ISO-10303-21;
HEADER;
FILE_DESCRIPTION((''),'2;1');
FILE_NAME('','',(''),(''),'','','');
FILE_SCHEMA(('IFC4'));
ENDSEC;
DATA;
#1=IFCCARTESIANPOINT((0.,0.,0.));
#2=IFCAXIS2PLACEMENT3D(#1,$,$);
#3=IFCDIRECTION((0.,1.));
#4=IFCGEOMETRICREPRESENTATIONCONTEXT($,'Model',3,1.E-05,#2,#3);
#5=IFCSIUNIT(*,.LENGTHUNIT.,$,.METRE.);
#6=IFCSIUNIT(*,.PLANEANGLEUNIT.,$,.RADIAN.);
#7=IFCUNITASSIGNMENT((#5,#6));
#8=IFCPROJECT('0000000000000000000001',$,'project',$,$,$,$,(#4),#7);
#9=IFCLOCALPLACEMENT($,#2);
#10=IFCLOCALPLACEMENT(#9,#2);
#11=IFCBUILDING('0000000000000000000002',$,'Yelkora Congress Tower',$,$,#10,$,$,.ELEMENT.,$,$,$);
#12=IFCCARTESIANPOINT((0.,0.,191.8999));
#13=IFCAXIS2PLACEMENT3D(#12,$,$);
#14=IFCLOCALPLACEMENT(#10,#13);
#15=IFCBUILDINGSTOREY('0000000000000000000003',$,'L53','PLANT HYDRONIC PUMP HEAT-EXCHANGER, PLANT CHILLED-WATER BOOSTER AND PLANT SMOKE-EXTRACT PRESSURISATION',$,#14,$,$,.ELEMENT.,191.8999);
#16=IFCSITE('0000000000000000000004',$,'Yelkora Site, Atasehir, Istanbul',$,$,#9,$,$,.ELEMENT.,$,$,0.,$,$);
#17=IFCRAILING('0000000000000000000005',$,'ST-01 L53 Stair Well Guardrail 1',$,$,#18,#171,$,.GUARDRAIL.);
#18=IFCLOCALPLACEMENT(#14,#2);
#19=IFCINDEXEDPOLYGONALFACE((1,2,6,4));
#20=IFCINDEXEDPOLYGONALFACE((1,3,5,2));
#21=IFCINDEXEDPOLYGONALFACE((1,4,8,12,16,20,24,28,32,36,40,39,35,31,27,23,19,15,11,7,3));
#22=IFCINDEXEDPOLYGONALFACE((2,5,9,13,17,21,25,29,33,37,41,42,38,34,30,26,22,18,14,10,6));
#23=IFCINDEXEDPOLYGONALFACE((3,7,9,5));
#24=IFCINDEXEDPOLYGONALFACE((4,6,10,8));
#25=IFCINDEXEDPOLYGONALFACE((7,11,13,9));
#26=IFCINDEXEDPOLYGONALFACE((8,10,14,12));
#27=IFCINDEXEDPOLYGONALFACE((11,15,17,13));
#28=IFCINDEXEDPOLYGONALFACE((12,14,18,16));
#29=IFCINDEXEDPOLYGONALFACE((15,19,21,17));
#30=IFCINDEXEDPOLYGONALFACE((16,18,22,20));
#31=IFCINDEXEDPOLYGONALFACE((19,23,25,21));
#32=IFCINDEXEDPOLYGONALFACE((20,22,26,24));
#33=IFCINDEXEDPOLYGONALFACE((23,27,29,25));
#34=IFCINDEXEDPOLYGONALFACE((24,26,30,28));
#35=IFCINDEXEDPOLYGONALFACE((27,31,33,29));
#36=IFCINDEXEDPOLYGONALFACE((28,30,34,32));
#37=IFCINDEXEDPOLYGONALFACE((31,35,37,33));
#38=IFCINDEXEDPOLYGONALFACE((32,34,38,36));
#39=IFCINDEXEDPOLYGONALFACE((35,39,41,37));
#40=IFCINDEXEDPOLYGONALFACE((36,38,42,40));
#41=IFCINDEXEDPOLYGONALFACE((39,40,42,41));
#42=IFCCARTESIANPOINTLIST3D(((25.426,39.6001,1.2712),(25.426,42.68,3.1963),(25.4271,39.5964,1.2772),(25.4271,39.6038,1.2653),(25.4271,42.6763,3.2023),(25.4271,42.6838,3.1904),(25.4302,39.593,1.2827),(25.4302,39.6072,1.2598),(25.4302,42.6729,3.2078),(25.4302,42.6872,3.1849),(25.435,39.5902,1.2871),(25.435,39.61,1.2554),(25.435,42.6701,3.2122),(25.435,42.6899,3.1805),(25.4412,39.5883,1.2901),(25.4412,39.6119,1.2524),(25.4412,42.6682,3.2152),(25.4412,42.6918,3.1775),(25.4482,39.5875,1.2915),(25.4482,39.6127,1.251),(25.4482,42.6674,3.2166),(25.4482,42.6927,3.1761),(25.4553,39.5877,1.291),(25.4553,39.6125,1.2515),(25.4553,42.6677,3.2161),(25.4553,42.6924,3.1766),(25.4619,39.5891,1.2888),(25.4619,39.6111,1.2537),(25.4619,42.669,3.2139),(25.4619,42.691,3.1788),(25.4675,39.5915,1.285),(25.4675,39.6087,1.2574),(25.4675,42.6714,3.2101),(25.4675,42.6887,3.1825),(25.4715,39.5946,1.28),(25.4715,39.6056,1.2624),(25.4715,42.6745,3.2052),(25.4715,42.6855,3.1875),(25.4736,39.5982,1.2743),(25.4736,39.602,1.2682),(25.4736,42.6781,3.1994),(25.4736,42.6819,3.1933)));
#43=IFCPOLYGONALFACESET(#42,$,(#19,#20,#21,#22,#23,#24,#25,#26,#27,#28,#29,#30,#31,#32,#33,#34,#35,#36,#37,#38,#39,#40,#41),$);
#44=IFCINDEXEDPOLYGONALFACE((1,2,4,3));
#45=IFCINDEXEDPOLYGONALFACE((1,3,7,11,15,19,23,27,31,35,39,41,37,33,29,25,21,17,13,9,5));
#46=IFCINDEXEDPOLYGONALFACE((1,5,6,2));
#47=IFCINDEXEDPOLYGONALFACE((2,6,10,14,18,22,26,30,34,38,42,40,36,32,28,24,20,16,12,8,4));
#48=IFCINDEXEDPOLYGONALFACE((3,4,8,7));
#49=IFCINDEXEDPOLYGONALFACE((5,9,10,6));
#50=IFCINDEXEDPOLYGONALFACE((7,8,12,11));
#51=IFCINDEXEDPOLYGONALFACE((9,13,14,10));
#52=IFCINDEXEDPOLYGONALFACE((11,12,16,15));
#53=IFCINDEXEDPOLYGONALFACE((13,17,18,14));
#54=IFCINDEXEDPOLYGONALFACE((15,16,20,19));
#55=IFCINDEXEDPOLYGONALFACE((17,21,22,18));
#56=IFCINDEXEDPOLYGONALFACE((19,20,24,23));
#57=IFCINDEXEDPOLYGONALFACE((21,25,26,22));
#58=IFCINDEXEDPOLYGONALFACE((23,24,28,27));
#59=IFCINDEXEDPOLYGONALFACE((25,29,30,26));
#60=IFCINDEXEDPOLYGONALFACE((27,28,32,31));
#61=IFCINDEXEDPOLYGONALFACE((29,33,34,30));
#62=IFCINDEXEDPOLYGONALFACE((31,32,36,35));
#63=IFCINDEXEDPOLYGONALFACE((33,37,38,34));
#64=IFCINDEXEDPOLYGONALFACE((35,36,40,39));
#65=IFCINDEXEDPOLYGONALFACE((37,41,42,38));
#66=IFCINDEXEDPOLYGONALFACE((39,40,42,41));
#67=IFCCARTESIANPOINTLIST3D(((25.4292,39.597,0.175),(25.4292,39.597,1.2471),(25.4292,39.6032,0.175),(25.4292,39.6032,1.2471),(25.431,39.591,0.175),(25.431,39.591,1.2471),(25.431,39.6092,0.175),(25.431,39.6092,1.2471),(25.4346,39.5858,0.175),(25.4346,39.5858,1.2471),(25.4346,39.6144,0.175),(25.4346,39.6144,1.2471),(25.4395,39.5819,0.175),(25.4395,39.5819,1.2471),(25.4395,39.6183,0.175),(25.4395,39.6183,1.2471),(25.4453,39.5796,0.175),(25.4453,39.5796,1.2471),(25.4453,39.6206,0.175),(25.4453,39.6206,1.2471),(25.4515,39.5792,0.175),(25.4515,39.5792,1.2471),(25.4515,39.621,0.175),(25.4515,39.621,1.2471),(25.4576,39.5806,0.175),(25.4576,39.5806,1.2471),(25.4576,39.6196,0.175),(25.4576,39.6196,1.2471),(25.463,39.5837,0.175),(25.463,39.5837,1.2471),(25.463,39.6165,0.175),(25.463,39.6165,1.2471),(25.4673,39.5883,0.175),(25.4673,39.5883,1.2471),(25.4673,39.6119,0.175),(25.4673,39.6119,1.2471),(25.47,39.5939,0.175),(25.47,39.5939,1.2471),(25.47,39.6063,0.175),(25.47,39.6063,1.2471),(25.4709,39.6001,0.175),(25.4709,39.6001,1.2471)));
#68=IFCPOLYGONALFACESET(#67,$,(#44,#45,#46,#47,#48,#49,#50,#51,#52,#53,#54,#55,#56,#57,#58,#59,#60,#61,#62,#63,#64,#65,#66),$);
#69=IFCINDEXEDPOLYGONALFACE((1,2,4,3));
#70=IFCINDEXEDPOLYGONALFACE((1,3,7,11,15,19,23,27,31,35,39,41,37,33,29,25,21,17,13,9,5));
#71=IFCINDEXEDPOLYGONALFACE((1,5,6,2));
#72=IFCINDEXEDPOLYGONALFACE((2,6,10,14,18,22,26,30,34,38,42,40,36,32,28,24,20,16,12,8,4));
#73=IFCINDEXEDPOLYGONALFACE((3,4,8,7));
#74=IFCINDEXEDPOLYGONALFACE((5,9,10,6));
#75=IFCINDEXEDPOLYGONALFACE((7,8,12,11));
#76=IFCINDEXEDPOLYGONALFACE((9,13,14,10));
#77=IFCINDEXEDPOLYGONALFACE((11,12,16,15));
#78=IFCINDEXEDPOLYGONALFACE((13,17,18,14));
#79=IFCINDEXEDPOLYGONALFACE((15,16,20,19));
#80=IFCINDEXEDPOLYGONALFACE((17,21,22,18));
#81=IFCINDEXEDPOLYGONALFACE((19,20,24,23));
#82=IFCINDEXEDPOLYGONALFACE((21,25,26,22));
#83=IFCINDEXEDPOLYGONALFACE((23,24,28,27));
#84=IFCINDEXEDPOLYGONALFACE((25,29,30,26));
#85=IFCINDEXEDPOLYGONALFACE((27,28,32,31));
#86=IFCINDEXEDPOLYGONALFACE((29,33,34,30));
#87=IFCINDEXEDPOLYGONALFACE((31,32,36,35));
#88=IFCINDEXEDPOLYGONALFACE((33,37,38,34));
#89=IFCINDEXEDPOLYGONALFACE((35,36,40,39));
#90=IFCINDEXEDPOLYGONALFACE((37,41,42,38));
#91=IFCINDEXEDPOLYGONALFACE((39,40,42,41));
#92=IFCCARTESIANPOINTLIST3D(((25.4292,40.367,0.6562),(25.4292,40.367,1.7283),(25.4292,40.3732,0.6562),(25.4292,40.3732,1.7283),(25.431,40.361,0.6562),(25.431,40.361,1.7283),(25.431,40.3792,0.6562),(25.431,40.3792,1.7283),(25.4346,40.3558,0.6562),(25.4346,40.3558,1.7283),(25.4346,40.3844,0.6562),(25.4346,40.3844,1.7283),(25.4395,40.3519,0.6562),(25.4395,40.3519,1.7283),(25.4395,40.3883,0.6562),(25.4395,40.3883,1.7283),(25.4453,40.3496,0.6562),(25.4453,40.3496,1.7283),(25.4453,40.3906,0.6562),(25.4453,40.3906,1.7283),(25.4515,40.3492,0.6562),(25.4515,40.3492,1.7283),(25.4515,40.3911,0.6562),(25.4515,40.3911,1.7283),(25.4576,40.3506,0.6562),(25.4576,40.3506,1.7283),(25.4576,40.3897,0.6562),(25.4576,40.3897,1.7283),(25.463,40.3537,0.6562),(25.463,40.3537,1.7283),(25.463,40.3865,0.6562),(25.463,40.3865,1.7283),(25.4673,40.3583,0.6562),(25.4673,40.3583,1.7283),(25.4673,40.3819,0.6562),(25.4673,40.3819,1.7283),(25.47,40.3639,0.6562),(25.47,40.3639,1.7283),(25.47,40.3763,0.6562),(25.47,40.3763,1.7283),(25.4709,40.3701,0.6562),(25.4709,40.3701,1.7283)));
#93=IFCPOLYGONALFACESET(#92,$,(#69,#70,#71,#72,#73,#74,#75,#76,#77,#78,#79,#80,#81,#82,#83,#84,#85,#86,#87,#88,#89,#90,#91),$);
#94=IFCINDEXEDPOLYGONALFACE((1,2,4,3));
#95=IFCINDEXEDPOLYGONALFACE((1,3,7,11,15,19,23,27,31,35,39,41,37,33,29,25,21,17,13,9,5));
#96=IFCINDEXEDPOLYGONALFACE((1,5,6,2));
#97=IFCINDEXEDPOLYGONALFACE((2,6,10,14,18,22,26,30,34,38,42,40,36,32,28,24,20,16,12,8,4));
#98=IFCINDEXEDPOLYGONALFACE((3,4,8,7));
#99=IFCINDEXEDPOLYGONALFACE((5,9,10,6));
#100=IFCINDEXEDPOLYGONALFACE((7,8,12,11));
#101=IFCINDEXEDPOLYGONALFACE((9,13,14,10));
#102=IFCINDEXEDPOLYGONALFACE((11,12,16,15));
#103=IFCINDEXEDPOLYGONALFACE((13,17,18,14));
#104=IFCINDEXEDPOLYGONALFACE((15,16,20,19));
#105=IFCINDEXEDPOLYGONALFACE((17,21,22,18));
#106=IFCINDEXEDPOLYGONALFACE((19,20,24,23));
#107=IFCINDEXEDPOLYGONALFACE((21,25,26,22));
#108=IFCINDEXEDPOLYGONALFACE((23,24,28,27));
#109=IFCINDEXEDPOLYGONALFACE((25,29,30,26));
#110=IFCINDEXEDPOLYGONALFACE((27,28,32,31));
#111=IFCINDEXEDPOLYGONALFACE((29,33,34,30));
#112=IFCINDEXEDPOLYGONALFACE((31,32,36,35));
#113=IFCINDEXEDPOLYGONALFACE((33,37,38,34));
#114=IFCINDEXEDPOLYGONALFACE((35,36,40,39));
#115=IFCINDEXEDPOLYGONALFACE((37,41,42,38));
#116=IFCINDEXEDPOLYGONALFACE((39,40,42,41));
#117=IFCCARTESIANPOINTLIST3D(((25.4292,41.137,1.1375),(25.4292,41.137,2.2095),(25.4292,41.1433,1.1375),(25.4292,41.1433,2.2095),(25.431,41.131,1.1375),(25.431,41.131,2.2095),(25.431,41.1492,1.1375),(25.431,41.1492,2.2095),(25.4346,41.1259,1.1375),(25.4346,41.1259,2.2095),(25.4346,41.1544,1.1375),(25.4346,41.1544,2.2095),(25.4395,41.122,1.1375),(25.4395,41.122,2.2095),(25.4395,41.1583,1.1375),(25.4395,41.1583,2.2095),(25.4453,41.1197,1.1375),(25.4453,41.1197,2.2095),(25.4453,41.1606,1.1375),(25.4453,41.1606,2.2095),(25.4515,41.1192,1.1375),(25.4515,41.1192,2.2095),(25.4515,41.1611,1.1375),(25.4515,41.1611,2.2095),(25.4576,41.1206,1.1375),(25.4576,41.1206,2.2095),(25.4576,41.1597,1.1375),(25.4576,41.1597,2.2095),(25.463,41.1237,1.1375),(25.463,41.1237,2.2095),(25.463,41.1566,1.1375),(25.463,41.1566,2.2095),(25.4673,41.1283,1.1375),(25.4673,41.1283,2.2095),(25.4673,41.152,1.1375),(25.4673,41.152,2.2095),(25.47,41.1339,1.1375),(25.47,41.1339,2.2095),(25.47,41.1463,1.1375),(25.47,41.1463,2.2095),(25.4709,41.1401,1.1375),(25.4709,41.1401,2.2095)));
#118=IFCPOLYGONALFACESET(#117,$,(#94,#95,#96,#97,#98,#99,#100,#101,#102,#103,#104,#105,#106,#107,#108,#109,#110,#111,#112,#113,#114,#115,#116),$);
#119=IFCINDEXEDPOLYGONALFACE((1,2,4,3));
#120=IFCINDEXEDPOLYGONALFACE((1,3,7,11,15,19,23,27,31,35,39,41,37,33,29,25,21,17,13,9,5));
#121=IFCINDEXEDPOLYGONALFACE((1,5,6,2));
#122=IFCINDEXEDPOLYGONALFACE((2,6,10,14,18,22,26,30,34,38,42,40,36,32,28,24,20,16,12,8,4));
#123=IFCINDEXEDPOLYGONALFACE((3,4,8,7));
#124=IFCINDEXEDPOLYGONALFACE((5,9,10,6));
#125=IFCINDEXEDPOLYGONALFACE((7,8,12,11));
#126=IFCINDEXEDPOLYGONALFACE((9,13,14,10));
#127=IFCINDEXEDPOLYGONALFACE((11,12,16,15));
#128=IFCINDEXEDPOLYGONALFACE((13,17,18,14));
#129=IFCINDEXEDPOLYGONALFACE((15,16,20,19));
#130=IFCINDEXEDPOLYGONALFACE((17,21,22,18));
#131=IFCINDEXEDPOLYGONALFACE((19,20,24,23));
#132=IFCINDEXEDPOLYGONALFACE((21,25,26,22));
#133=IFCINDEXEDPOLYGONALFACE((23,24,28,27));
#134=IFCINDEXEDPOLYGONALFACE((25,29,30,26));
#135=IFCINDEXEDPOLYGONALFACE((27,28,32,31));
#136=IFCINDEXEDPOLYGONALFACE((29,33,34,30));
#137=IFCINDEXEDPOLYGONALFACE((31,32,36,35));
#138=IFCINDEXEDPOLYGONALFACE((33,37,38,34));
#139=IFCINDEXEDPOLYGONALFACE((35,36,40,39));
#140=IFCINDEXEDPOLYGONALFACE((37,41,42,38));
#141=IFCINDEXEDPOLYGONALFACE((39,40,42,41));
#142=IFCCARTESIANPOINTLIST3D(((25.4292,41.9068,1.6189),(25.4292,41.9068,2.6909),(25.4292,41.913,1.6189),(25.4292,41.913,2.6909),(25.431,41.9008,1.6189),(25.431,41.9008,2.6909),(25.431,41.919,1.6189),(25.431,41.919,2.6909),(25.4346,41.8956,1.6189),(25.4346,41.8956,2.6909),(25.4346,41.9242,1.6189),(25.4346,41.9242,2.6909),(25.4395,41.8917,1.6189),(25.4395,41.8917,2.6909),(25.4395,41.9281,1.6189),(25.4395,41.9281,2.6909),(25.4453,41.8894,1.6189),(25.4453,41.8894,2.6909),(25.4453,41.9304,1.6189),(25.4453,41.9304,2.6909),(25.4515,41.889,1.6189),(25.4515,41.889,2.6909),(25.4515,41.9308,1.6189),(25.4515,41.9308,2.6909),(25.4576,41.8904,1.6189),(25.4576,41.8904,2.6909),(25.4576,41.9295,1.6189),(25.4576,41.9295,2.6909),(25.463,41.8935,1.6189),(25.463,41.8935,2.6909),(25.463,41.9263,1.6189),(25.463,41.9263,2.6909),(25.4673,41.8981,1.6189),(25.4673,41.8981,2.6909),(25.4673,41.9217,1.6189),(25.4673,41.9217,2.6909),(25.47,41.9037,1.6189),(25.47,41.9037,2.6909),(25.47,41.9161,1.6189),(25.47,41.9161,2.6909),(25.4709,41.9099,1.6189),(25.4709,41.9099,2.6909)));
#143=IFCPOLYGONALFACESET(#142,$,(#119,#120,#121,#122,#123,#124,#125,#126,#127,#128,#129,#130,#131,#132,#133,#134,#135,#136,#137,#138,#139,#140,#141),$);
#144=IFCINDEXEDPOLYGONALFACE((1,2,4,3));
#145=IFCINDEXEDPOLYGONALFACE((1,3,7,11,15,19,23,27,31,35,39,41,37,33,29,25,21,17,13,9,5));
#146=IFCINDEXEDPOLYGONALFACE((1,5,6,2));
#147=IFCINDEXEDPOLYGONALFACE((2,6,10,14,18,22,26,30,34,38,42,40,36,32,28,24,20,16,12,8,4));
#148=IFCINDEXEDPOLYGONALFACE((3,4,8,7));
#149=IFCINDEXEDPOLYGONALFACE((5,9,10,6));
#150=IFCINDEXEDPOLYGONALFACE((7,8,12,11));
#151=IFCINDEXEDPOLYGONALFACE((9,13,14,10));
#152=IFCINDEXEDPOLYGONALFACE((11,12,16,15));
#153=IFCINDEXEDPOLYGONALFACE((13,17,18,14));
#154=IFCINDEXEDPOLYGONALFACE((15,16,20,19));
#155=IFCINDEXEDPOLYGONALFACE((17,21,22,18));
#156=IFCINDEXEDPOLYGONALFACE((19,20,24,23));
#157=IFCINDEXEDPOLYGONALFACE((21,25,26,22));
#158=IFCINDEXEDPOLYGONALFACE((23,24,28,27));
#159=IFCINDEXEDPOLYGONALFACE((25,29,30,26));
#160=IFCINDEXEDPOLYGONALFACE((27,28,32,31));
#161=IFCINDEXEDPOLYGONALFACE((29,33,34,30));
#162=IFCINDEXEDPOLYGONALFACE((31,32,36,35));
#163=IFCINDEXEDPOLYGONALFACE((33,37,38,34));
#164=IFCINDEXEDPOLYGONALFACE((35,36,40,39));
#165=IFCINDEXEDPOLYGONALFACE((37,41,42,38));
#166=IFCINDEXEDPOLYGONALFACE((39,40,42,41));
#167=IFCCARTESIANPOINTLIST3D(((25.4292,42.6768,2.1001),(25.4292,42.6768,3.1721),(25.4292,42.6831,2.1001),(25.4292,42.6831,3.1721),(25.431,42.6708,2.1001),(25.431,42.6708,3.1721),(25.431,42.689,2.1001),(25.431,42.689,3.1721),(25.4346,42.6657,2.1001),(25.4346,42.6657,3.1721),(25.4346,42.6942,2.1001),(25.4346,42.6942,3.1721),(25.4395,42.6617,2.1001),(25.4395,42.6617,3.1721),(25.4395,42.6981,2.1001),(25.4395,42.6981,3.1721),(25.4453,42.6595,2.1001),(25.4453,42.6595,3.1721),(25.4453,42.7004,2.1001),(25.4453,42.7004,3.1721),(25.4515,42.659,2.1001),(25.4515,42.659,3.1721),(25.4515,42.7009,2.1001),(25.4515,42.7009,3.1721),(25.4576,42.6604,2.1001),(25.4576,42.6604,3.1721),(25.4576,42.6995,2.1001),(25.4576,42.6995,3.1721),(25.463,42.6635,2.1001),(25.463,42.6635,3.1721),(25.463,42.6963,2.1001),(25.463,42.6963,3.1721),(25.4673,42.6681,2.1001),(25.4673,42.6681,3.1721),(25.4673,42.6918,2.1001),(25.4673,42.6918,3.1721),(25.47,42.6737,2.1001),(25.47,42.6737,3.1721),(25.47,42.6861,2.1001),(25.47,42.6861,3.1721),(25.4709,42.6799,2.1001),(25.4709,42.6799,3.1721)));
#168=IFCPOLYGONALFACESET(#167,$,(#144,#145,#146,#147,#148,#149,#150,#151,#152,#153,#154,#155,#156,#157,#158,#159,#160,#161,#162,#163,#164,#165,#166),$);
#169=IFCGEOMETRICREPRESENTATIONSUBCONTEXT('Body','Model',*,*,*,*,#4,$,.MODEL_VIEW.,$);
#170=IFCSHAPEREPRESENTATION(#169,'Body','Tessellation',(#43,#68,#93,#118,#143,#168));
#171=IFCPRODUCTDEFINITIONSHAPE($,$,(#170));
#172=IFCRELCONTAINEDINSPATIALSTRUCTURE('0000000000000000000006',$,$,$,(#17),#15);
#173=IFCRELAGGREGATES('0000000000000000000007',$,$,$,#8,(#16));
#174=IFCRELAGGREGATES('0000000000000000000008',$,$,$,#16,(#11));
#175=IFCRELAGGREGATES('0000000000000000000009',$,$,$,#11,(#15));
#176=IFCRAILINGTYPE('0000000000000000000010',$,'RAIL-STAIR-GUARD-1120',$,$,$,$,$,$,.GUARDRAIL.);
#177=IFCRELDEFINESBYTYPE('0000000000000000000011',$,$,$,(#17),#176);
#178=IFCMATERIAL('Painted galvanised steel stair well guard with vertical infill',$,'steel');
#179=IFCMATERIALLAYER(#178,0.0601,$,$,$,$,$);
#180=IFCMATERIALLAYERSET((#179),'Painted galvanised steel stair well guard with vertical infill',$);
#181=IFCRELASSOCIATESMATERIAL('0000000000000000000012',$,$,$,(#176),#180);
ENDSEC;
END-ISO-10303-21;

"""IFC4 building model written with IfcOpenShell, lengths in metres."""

from ifc_helpers import new_model, si_unit, direction, frame, origin, origin_2d, place, context, subcontext, project, spatial, circle, extrude, material, layer, layer_set, type_object, element, save


model = new_model("IFC4")

# Units and contexts
model_context = context("Model", 3, precision=1e-05, world=origin(), true_north=direction((0.0, 1.0)))
body_context = subcontext(model_context, "Body", "Model", "MODEL_VIEW")
ifc_project = project(units=[si_unit("LENGTHUNIT", "METRE"), si_unit("PLANEANGLEUNIT", "RADIAN")], contexts=[model_context])

# Site, building, storey
site_placement = place(None, origin())
site = spatial("IfcSite", under=ifc_project, at=site_placement, Name="Yelkora Site, Atasehir, Istanbul", CompositionType="ELEMENT", RefElevation=0.0)
building_placement = place(site_placement, origin())
building = spatial("IfcBuilding", under=site, at=building_placement, Name="Yelkora Congress Tower", CompositionType="ELEMENT")
storey_placement = place(building_placement, frame((0.0, 0.0, 191.8999)))
storey = spatial("IfcBuildingStorey", under=building, at=storey_placement, Name="L53", Description="PLANT HYDRONIC PUMP HEAT-EXCHANGER, PLANT CHILLED-WATER BOOSTER AND PLANT SMOKE-EXTRACT PRESSURISATION", CompositionType="ELEMENT", Elevation=191.8999)

# Railing
ifc_material_1 = material(Name="Painted galvanised steel stair well guard with vertical infill", Category="steel")
ifc_layer_1 = layer(ifc_material_1, 0.0601)
ifc_layer_set_1 = layer_set([ifc_layer_1], Name="Painted galvanised steel stair well guard with vertical infill")
railing_type_1 = type_object("IfcRailingType", Name="RAIL-STAIR-GUARD-1120", PredefinedType="GUARDRAIL", material=ifc_layer_set_1)
railing_1_placement = place(storey_placement, frame((25.45, 39.6001, 0.175)))
element("IfcRailing", 1, at=railing_1_placement, inside=storey, type_object=railing_type_1, Name="ST-01 L53 Stair Well Guardrail 1", PredefinedType="GUARDRAIL", context=body_context, shape_type="SweptSolid", body=[
    extrude(circle(Radius=0.0239, at=origin_2d()), frame((0.0, 0.0, 1.0962), z_axis=(0.0, 0.847979, 0.530029), x_axis=(-1.0, 0.0, 0.0)), (0.0, 0.0, 1.0), 3.6321),
    extrude(circle(Radius=0.021, at=origin_2d()), origin(), (0.0, 0.0, 1.0), 1.072),
    extrude(circle(Radius=0.021, at=origin_2d()), frame((0.0, 0.77, 0.4812)), (0.0, 0.0, 1.0), 1.072),
    extrude(circle(Radius=0.021, at=origin_2d()), frame((0.0, 1.54, 0.9624)), (0.0, 0.0, 1.0), 1.072),
    extrude(circle(Radius=0.021, at=origin_2d()), frame((0.0, 2.3098, 1.4438)), (0.0, 0.0, 1.0), 1.072),
    extrude(circle(Radius=0.021, at=origin_2d()), frame((0.0, 3.0798, 1.925)), (0.0, 0.0, 1.0), 1.072),
])

save(model, "model.ifc")
